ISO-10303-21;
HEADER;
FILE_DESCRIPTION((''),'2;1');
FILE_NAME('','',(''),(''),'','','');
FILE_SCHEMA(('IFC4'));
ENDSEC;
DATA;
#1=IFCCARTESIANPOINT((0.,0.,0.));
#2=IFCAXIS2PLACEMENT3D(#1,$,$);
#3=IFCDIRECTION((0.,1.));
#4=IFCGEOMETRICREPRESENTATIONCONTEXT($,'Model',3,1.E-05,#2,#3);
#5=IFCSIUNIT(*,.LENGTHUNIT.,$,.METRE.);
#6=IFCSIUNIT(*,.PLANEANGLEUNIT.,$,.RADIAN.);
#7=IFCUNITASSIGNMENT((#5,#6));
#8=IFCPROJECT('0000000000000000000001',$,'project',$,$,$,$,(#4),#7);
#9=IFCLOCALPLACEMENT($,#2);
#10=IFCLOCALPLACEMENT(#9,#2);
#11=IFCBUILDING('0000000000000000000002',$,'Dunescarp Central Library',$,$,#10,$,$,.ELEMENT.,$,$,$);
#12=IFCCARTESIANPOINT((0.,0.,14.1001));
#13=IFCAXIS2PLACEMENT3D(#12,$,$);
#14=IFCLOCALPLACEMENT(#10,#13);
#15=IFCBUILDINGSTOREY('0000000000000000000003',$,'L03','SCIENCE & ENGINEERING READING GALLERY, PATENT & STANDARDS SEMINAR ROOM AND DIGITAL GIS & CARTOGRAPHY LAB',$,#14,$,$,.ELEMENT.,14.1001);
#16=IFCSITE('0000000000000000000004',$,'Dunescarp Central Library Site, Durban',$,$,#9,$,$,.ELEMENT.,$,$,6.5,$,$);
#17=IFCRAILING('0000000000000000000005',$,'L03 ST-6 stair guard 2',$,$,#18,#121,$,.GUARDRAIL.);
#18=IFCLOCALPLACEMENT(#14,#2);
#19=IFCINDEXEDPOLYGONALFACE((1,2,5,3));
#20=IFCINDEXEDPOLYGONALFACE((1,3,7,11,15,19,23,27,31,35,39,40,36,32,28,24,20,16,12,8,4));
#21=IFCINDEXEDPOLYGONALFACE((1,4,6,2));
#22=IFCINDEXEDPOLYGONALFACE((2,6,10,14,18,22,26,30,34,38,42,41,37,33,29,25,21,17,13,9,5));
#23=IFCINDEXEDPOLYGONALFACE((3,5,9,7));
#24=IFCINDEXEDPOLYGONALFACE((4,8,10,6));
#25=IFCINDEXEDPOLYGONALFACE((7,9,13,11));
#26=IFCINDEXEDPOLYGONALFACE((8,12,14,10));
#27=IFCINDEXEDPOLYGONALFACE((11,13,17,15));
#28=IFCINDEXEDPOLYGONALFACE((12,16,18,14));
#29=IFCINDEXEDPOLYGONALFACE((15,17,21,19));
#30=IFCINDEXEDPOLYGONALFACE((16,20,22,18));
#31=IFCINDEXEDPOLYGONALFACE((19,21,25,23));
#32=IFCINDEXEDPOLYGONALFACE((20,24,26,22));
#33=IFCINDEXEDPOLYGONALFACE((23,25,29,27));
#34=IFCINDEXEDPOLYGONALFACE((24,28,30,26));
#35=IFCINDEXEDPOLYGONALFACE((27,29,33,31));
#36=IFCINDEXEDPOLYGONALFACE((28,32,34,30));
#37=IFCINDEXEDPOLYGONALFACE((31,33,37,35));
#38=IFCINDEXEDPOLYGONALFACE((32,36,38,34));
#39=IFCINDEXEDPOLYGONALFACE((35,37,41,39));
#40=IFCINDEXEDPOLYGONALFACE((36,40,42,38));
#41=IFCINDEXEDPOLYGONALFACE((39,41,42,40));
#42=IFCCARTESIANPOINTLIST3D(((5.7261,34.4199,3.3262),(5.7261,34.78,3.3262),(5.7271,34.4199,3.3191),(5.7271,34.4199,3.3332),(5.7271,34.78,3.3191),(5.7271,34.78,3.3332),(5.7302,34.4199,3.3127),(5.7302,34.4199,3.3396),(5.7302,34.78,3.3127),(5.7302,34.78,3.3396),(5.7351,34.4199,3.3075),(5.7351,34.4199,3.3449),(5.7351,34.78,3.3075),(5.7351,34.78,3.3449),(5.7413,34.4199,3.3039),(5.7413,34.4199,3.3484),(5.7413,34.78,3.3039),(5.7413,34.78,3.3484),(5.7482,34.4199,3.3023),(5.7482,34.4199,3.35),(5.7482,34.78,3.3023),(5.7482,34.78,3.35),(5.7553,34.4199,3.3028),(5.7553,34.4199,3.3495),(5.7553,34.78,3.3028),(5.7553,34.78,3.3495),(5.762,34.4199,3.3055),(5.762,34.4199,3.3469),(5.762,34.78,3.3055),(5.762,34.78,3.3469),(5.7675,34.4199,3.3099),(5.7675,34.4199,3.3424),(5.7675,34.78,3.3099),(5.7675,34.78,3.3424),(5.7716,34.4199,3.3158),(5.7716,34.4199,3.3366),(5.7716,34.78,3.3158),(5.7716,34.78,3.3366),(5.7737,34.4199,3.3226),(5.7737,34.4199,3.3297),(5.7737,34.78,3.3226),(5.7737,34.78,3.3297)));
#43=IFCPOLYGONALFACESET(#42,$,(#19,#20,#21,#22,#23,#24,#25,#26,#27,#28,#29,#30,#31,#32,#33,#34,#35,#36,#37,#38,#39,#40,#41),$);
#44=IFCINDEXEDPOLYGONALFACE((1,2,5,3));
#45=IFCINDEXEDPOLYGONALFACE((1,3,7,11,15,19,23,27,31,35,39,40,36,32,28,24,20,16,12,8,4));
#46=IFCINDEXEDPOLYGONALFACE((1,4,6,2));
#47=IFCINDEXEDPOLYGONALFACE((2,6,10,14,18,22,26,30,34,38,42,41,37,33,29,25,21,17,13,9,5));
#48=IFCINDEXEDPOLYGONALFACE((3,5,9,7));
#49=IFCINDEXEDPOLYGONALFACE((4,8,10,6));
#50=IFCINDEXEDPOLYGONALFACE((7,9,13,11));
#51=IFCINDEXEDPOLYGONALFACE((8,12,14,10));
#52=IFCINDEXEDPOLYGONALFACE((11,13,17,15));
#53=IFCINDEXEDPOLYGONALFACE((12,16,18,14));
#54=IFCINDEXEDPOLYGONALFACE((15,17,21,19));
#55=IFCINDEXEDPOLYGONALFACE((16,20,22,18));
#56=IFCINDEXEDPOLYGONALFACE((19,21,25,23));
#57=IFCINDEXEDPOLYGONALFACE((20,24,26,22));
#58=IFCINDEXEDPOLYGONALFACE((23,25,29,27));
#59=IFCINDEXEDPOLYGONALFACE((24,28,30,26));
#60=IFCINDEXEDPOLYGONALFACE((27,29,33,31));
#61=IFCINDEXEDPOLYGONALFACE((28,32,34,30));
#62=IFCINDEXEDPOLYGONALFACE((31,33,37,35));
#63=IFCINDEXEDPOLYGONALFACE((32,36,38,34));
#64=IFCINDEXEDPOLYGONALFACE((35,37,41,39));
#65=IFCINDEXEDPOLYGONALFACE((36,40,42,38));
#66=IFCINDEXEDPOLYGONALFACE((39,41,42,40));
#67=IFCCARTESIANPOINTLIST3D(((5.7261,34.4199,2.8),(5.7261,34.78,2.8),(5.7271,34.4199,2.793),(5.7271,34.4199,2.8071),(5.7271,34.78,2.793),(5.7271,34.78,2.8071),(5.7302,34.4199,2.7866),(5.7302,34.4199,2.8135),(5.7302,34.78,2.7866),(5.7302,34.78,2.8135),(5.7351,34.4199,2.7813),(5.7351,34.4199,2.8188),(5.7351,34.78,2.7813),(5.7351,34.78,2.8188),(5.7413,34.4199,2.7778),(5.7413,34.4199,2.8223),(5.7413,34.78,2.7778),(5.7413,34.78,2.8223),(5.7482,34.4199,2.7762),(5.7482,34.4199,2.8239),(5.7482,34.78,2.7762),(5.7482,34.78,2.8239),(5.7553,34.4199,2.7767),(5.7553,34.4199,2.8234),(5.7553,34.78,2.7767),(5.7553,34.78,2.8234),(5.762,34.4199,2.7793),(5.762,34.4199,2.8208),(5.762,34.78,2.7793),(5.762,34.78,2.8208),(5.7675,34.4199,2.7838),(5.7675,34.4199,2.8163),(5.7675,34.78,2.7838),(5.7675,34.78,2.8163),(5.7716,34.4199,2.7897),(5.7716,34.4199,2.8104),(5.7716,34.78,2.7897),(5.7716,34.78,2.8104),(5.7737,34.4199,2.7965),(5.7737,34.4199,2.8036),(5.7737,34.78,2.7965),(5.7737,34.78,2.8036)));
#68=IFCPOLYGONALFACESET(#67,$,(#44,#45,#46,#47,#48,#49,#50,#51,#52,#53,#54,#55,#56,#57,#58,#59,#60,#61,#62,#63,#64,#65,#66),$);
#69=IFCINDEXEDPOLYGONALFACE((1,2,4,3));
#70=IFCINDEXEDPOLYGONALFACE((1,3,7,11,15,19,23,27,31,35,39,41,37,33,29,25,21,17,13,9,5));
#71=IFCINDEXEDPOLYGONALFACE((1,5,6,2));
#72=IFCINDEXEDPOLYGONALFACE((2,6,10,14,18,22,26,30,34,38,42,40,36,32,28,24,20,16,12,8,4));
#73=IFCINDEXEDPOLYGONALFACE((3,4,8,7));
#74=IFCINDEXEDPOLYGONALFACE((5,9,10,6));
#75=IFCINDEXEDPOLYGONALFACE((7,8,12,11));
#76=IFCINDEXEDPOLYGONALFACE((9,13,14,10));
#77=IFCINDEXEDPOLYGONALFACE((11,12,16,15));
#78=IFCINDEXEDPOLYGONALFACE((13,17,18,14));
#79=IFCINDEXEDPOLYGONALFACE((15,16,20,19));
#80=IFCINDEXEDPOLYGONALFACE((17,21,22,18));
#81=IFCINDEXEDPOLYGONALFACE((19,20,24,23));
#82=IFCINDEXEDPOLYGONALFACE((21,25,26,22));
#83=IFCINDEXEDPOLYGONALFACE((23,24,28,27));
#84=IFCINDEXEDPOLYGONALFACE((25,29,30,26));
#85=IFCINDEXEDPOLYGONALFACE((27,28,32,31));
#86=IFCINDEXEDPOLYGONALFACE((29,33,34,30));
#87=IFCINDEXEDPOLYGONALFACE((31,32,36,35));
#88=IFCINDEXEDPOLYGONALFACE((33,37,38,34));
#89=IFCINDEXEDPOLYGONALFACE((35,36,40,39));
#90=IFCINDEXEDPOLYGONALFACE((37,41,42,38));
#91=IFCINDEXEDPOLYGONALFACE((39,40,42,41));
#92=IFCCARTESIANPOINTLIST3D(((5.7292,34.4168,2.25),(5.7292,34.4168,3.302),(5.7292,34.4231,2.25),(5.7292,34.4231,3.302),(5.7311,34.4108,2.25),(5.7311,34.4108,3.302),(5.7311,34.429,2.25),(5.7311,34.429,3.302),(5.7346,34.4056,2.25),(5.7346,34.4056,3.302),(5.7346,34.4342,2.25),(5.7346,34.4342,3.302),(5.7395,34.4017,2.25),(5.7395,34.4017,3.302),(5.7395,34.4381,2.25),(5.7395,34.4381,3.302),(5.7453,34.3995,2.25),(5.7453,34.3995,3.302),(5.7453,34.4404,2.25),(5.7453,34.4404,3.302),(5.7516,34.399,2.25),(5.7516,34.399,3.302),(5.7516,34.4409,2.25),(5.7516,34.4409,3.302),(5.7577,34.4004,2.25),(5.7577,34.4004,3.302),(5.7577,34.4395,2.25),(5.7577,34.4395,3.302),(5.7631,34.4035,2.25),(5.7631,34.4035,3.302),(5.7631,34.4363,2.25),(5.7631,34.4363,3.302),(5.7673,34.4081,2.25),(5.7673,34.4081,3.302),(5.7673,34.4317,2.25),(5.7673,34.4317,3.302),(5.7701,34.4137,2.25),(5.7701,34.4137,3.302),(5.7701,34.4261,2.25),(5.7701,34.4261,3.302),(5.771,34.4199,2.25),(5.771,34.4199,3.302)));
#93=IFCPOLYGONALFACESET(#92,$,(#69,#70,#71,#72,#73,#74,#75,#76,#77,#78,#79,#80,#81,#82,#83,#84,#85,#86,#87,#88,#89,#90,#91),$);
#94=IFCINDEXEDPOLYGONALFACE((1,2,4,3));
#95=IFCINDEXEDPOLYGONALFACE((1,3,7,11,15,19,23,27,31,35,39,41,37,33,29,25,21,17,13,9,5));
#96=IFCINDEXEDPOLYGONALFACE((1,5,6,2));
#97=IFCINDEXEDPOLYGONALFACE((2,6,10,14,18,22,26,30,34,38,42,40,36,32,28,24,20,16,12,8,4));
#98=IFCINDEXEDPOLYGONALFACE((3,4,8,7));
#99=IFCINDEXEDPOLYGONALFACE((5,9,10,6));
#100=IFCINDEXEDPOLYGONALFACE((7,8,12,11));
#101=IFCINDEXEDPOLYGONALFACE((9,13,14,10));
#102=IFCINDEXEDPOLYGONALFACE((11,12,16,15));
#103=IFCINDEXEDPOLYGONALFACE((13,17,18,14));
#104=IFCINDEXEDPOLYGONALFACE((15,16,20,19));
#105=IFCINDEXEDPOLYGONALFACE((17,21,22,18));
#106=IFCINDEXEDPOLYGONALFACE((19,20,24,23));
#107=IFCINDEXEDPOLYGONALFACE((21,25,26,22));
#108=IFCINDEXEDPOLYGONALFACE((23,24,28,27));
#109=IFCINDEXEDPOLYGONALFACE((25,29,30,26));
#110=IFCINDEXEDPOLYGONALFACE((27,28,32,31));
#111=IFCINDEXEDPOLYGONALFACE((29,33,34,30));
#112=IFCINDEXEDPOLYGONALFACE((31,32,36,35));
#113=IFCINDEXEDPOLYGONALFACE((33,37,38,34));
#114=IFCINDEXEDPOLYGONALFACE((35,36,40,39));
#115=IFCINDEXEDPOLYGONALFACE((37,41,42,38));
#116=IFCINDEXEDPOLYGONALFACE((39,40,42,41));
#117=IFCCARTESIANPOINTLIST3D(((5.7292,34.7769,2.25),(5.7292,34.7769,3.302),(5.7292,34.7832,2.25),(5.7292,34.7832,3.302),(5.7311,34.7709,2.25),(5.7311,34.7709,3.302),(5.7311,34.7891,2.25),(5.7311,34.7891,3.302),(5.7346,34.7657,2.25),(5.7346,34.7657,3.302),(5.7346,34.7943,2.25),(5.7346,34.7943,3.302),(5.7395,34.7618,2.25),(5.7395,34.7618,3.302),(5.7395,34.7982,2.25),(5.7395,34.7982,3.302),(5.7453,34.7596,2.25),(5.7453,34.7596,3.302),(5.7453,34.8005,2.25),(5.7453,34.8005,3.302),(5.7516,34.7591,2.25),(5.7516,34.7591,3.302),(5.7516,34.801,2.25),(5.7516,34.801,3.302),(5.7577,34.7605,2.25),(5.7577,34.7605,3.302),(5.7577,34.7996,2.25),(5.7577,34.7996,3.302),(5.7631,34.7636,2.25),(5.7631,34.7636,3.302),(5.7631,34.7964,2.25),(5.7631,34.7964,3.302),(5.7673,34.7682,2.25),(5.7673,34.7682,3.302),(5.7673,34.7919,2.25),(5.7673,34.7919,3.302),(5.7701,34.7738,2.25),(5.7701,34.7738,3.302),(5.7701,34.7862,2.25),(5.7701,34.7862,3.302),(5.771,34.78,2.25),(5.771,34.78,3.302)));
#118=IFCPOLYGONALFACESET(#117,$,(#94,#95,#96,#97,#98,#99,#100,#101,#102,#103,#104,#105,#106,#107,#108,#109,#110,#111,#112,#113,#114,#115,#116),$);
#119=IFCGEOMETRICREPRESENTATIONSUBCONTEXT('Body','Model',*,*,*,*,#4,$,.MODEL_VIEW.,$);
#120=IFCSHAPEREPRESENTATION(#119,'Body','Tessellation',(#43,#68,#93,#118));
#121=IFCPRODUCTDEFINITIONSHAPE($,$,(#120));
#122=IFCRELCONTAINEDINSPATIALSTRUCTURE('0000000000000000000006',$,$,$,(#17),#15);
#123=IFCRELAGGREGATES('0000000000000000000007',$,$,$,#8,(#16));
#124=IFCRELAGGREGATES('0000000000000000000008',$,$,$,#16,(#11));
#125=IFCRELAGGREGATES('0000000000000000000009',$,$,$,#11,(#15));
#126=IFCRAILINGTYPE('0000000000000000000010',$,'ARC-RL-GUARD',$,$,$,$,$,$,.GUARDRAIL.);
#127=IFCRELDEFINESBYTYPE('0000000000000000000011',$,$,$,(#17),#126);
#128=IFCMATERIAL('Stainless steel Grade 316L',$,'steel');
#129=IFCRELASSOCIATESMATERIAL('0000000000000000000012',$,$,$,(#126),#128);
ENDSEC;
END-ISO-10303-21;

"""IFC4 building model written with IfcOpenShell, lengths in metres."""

from ifc_helpers import new_model, si_unit, direction, frame, origin, origin_2d, place, context, subcontext, project, spatial, circle, extrude, material, type_object, element, save


model = new_model("IFC4")

# Units and contexts
model_context = context("Model", 3, precision=1e-05, world=origin(), true_north=direction((0.0, 1.0)))
body_context = subcontext(model_context, "Body", "Model", "MODEL_VIEW")
ifc_project = project(units=[si_unit("LENGTHUNIT", "METRE"), si_unit("PLANEANGLEUNIT", "RADIAN")], contexts=[model_context])

# Site, building, storey
site_placement = place(None, origin())
site = spatial("IfcSite", under=ifc_project, at=site_placement, Name="Dunescarp Central Library Site, Durban", CompositionType="ELEMENT", RefElevation=6.5)
building_placement = place(site_placement, origin())
building = spatial("IfcBuilding", under=site, at=building_placement, Name="Dunescarp Central Library", CompositionType="ELEMENT")
storey_placement = place(building_placement, frame((0.0, 0.0, 14.1001)))
storey = spatial("IfcBuildingStorey", under=building, at=storey_placement, Name="L03", Description="SCIENCE & ENGINEERING READING GALLERY, PATENT & STANDARDS SEMINAR ROOM AND DIGITAL GIS & CARTOGRAPHY LAB", CompositionType="ELEMENT", Elevation=14.1001)

# Railing
ifc_material_1 = material(Name="Stainless steel Grade 316L", Category="steel")
railing_type_1 = type_object("IfcRailingType", Name="ARC-RL-GUARD", PredefinedType="GUARDRAIL", material=ifc_material_1)
railing_1_placement = place(storey_placement, frame((5.75, 34.4199, 2.25)))
element("IfcRailing", 1, at=railing_1_placement, inside=storey, type_object=railing_type_1, Name="L03 ST-6 stair guard 2", PredefinedType="GUARDRAIL", context=body_context, shape_type="SweptSolid", body=[
    extrude(circle(Radius=0.0239, at=origin_2d()), frame((0.0, 0.0, 1.0762), z_axis=(0.0, 1.0, 0.0), x_axis=(-1.0, 0.0, 0.0)), (0.0, 0.0, 1.0), 0.3601),
    extrude(circle(Radius=0.0239, at=origin_2d()), frame((0.0, 0.0, 0.55), z_axis=(0.0, 1.0, 0.0), x_axis=(-1.0, 0.0, 0.0)), (0.0, 0.0, 1.0), 0.3601),
    extrude(circle(Radius=0.021, at=origin_2d()), origin(), (0.0, 0.0, 1.0), 1.052),
    extrude(circle(Radius=0.021, at=origin_2d()), frame((0.0, 0.3601, 0.0)), (0.0, 0.0, 1.0), 1.052),
])

save(model, "model.ifc")
